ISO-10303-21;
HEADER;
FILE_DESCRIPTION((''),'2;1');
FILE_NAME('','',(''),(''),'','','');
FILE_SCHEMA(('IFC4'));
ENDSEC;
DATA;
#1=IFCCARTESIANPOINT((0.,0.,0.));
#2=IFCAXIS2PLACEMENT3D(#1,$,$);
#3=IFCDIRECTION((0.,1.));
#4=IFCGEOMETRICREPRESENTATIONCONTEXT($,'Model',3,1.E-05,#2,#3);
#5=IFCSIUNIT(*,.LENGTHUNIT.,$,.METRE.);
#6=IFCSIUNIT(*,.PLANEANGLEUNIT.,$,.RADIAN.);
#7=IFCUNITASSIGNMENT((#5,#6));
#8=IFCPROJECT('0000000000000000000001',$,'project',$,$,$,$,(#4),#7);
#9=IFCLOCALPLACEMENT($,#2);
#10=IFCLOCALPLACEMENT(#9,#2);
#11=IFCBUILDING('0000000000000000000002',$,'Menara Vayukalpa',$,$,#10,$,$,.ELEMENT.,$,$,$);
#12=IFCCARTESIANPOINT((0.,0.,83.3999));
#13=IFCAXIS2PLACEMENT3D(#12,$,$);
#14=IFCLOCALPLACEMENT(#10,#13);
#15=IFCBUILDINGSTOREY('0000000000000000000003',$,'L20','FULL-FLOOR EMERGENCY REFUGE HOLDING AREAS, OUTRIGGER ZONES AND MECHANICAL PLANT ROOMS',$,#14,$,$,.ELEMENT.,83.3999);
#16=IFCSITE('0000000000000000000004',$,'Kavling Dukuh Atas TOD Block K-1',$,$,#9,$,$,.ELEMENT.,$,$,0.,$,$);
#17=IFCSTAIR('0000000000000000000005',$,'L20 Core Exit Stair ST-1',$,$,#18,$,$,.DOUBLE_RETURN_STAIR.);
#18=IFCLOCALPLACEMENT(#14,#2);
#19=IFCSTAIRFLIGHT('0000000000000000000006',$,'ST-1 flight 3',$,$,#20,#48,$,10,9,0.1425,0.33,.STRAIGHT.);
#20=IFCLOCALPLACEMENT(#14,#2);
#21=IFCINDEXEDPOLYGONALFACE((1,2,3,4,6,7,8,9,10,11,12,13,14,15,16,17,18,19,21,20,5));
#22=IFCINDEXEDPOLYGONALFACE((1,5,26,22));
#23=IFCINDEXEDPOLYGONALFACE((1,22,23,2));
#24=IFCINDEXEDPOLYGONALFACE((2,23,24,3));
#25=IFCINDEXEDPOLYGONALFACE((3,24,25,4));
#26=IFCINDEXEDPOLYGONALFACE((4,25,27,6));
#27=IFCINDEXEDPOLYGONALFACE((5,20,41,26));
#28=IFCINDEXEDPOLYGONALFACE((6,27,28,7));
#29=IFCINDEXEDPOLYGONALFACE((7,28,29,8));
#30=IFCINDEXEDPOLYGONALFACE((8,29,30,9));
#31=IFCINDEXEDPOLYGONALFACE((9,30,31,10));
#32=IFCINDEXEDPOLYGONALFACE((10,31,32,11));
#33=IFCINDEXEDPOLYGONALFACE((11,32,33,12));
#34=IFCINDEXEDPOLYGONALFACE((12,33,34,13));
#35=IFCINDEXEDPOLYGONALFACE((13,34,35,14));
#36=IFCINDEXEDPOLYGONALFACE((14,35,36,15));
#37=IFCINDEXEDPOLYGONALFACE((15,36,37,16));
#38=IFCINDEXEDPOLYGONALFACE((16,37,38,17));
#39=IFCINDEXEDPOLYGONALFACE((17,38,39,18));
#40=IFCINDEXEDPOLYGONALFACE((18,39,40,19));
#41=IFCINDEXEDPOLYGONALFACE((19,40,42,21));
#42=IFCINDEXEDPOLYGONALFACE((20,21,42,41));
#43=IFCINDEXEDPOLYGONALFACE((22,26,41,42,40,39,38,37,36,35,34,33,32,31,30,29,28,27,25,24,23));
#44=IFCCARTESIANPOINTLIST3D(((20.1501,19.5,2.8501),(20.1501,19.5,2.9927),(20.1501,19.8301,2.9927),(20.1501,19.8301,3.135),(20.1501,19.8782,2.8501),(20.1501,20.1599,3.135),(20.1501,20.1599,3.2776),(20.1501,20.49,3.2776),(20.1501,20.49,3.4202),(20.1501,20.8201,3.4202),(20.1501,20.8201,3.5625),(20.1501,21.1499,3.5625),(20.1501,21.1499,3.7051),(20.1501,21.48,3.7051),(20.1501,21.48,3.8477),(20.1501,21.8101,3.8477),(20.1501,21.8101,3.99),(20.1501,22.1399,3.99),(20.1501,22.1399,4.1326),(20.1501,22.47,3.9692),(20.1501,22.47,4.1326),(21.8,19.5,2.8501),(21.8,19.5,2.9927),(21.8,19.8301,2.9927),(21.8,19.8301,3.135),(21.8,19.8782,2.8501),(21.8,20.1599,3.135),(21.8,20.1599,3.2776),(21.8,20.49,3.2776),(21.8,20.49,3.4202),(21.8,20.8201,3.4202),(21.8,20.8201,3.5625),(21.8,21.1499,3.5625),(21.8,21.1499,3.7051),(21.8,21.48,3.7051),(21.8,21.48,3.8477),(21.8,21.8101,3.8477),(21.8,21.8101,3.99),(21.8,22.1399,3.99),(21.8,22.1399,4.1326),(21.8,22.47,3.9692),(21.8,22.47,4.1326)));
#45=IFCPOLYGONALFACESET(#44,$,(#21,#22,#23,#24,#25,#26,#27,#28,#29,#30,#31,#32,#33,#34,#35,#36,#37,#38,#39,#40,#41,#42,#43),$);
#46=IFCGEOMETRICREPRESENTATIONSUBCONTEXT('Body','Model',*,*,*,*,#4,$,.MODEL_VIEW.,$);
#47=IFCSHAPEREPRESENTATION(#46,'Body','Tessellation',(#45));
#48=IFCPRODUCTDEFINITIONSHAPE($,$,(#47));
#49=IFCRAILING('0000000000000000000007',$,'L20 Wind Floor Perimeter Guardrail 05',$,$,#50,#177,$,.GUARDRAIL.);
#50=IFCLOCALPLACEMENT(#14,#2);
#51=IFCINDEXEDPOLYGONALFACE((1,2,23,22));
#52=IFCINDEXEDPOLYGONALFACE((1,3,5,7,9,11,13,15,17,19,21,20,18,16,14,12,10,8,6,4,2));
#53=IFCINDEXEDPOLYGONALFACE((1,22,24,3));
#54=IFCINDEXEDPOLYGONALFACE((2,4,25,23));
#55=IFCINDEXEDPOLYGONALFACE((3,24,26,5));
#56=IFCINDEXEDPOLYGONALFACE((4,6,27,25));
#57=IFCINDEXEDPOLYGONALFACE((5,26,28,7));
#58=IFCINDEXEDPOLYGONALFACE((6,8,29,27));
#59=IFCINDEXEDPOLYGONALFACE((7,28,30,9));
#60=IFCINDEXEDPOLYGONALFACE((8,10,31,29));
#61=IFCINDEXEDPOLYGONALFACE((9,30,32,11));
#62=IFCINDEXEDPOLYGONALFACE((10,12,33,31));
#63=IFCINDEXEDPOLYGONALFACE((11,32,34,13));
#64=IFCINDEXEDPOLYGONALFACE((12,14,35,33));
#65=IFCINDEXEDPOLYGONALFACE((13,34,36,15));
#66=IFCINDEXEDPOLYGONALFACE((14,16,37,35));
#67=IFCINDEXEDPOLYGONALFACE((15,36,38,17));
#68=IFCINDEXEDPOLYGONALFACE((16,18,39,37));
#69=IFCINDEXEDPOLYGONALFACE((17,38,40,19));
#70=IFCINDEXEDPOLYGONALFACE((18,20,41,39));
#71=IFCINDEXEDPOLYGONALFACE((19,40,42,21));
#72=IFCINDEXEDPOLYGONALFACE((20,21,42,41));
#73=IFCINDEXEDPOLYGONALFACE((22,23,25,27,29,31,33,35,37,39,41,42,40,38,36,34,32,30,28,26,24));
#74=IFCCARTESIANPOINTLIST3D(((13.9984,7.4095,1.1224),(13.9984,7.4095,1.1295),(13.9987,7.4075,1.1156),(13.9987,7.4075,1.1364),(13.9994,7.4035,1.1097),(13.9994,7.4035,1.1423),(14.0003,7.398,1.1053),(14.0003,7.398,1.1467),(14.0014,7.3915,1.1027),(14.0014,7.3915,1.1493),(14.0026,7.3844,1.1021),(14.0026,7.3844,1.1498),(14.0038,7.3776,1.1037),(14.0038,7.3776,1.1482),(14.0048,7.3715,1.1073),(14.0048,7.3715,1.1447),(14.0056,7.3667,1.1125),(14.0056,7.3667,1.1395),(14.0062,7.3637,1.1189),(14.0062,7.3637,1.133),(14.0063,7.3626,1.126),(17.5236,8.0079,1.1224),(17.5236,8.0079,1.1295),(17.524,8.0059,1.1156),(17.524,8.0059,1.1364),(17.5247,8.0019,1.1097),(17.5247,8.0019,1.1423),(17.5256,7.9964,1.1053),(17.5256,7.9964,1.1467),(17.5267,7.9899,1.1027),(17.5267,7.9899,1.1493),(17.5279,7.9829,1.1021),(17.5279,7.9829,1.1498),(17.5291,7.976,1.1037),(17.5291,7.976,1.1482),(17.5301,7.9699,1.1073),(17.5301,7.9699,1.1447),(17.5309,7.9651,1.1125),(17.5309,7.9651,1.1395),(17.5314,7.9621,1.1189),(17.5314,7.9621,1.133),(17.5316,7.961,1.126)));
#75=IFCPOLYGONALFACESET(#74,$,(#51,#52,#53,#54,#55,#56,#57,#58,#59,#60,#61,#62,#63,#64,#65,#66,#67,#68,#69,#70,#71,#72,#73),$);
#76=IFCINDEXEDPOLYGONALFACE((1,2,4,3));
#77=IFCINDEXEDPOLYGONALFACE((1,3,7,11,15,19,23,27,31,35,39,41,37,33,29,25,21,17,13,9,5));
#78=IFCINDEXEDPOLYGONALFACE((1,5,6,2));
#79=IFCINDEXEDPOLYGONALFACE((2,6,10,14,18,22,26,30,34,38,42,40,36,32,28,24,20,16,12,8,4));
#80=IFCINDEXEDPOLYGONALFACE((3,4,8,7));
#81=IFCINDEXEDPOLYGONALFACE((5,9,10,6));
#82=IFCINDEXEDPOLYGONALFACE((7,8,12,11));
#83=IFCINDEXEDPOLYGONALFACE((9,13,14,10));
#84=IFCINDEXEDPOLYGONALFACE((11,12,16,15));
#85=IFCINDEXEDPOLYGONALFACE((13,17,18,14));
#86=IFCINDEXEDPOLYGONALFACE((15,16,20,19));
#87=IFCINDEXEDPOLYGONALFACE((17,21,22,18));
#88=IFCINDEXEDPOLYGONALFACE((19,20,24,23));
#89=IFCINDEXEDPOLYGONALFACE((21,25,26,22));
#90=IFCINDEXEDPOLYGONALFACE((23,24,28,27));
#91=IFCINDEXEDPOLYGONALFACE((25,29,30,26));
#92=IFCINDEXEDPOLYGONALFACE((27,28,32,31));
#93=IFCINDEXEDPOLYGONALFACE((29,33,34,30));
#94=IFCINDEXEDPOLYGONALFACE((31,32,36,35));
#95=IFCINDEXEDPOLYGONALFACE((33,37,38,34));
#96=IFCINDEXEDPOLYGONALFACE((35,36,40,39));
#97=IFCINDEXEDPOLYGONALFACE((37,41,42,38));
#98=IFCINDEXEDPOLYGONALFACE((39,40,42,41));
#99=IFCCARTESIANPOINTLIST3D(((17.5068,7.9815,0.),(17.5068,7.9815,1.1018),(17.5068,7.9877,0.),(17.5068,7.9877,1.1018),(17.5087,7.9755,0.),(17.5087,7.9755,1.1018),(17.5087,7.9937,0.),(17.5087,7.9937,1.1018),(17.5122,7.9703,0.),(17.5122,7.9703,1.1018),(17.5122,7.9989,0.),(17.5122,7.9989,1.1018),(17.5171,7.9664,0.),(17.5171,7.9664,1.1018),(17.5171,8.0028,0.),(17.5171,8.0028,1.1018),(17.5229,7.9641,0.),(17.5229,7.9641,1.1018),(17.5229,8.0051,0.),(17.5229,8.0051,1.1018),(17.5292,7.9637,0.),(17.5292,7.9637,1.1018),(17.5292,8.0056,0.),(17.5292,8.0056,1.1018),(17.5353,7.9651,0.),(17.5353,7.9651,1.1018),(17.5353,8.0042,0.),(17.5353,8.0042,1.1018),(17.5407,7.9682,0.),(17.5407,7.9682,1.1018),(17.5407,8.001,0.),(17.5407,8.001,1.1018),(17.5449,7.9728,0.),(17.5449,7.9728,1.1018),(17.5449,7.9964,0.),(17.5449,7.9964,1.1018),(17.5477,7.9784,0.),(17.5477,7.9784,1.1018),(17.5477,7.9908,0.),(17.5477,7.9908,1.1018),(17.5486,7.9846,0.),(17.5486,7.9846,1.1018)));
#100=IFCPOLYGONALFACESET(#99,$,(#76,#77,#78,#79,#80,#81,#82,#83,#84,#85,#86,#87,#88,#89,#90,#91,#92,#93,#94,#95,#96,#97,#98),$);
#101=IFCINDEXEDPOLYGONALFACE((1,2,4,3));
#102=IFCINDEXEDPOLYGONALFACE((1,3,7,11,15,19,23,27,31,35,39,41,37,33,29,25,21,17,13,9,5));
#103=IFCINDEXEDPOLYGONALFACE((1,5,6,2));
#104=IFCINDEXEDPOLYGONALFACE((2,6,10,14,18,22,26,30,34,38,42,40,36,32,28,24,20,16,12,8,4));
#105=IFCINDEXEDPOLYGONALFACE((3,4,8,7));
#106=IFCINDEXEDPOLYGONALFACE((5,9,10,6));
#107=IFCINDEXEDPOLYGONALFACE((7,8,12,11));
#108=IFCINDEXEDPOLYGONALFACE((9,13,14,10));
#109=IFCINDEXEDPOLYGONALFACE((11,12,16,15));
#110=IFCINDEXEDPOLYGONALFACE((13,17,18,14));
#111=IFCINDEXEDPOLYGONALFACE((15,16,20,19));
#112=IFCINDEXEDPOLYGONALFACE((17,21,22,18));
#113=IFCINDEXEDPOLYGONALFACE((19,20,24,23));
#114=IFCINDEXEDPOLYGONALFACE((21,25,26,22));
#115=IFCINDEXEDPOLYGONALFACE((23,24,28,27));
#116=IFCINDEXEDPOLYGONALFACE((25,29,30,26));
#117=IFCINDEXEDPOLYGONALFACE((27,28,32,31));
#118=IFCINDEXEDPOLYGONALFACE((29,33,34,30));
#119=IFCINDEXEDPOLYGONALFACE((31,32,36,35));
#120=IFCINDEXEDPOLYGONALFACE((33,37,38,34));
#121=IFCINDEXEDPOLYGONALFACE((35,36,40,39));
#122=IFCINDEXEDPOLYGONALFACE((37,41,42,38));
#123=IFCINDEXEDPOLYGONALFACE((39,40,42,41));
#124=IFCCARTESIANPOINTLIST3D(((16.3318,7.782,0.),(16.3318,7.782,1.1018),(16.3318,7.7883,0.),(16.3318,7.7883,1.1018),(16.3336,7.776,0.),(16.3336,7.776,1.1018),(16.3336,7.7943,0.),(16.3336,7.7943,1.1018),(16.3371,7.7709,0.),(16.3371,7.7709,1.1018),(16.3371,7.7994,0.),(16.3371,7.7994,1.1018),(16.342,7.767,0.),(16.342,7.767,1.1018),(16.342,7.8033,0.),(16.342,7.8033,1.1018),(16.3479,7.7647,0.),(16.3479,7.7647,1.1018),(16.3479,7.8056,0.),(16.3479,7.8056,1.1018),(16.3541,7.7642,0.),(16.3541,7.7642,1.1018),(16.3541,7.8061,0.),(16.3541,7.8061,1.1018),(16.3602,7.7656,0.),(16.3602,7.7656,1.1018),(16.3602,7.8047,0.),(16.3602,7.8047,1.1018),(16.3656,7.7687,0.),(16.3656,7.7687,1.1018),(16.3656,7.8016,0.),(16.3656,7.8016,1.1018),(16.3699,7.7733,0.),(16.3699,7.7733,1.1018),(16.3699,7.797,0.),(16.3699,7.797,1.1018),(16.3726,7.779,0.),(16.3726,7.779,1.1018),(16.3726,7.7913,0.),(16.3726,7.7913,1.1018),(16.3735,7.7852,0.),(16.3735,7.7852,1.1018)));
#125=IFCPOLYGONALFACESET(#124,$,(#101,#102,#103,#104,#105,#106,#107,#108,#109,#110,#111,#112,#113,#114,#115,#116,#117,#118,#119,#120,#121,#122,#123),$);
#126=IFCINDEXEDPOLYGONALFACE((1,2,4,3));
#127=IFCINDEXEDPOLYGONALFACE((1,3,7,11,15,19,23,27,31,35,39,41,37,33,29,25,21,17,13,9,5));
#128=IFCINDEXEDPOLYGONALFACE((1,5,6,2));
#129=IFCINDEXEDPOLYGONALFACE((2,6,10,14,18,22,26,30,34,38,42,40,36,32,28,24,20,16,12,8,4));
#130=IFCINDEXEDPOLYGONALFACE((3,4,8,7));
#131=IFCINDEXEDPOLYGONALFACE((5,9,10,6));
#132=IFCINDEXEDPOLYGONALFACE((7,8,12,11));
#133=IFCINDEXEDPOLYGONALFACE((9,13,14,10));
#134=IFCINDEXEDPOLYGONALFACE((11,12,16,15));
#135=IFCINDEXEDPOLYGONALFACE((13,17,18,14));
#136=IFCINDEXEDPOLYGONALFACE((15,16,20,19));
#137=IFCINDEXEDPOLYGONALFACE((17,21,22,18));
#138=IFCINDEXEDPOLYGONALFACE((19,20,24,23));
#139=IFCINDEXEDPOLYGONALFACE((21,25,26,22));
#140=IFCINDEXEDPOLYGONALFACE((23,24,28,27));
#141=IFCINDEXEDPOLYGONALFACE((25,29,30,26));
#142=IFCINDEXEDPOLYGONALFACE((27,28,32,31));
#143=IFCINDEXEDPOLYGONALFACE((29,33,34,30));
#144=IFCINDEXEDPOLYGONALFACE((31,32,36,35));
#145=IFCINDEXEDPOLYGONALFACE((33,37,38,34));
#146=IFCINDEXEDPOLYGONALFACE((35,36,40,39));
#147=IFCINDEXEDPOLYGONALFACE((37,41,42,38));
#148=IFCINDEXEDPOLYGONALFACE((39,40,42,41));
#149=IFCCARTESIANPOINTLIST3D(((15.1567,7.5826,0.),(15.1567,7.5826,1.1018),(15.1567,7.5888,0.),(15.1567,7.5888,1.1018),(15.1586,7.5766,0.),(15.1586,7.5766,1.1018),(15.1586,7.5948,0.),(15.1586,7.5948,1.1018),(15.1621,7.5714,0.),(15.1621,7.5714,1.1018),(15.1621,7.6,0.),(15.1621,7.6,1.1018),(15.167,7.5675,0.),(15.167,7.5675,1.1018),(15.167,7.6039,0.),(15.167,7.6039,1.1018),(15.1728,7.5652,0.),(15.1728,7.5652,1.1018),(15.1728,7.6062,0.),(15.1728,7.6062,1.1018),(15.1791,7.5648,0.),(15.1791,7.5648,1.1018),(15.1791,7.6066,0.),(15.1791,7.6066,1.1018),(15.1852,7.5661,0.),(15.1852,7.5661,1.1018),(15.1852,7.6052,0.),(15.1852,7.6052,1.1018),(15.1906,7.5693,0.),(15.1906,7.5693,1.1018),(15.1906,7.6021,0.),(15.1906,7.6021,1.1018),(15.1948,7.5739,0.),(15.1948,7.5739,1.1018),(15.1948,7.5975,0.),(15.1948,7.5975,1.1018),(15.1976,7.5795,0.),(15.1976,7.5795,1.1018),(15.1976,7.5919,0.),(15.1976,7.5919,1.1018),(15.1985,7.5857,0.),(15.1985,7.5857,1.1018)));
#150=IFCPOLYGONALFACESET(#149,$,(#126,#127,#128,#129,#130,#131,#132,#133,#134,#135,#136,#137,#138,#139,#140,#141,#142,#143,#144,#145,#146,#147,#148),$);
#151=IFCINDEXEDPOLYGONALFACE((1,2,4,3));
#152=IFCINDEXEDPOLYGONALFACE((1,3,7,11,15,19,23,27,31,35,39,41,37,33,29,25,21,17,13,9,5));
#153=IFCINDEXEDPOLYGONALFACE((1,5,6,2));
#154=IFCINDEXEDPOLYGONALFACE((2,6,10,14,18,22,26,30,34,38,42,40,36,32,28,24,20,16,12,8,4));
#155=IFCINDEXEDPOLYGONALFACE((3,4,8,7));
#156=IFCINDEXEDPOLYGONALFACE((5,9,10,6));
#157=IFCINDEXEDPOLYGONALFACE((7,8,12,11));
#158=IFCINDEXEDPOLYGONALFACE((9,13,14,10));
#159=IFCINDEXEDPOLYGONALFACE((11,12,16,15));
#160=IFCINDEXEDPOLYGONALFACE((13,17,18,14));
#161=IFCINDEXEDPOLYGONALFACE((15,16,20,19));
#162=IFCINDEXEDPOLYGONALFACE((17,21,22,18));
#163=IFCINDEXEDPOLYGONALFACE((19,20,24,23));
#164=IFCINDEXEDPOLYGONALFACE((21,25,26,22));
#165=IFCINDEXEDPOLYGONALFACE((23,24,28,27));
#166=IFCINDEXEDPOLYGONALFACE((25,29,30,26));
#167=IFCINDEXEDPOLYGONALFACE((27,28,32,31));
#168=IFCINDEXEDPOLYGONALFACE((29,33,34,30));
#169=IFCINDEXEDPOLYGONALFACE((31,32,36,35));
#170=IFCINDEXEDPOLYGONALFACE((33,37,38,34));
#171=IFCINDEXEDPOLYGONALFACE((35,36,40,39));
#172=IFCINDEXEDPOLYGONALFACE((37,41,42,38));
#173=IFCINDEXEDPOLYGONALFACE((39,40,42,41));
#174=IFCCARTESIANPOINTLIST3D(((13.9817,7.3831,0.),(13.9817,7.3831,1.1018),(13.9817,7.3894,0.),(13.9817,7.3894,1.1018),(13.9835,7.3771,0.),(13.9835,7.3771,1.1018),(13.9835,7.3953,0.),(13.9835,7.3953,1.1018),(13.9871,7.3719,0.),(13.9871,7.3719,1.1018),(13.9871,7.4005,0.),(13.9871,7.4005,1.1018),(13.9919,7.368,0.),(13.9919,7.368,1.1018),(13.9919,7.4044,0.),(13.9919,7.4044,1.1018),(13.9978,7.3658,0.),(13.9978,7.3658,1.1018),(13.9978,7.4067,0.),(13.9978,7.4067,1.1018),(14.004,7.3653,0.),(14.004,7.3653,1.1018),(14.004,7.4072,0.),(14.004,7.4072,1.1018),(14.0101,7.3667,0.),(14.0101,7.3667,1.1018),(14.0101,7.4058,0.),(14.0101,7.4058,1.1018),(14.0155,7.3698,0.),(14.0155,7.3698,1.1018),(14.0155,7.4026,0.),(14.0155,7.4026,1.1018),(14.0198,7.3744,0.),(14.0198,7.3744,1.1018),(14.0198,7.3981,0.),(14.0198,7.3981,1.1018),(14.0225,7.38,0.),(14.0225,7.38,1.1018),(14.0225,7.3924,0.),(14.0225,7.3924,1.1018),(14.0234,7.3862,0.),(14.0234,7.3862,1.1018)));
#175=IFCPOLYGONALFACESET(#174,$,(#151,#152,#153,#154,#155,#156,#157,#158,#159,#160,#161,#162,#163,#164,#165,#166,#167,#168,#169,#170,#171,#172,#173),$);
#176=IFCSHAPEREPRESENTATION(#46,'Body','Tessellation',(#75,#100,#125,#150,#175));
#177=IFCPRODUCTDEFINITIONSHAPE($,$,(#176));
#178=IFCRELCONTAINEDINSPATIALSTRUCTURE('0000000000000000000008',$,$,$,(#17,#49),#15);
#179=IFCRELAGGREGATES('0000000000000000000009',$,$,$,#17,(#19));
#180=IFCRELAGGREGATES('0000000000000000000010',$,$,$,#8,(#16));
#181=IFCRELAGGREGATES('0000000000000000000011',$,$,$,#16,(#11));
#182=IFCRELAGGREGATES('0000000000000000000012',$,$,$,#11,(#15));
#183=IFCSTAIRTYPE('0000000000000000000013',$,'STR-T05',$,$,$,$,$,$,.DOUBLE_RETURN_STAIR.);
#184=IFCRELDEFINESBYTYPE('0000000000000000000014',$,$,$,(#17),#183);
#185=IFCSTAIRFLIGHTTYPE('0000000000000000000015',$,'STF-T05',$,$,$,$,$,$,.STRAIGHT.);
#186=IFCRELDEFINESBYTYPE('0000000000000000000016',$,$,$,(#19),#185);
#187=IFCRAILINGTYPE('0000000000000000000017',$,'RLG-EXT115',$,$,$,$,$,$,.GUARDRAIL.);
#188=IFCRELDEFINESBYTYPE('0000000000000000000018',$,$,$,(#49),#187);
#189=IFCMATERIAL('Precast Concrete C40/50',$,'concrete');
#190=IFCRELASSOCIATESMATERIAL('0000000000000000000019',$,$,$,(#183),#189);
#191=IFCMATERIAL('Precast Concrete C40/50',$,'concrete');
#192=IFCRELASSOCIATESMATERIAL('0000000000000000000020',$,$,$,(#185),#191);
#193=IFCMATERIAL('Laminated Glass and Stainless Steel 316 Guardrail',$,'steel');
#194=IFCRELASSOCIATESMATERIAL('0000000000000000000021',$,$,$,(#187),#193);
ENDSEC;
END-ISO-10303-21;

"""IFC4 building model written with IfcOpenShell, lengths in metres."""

from ifc_helpers import new_model, si_unit, direction, frame, origin, origin_2d, place, context, subcontext, project, spatial, polyline, circle, outline, extrude, material, type_object, element, aggregate, save


model = new_model("IFC4")

# Units and contexts
model_context = context("Model", 3, precision=1e-05, world=origin(), true_north=direction((0.0, 1.0)))
body_context = subcontext(model_context, "Body", "Model", "MODEL_VIEW")
ifc_project = project(units=[si_unit("LENGTHUNIT", "METRE"), si_unit("PLANEANGLEUNIT", "RADIAN")], contexts=[model_context])

# Site, building, storey
site_placement = place(None, origin())
site = spatial("IfcSite", under=ifc_project, at=site_placement, Name="Kavling Dukuh Atas TOD Block K-1", CompositionType="ELEMENT", RefElevation=0.0)
building_placement = place(site_placement, origin())
building = spatial("IfcBuilding", under=site, at=building_placement, Name="Menara Vayukalpa", CompositionType="ELEMENT")
storey_placement = place(building_placement, frame((0.0, 0.0, 83.3999)))
storey = spatial("IfcBuildingStorey", under=building, at=storey_placement, Name="L20", Description="FULL-FLOOR EMERGENCY REFUGE HOLDING AREAS, OUTRIGGER ZONES AND MECHANICAL PLANT ROOMS", CompositionType="ELEMENT", Elevation=83.3999)

# Stair, stair flight
ifc_material_1 = material(Name="Precast Concrete C40/50", Category="concrete")
stair_type = type_object("IfcStairType", Name="STR-T05", PredefinedType="DOUBLE_RETURN_STAIR", material=ifc_material_1)
stair_placement = place(storey_placement, origin())
stair = element("IfcStair", 1, at=stair_placement, inside=storey, type_object=stair_type, Name="L20 Core Exit Stair ST-1", PredefinedType="DOUBLE_RETURN_STAIR")
ifc_material_2 = material(Name="Precast Concrete C40/50", Category="concrete")
stair_flight_type = type_object("IfcStairFlightType", Name="STF-T05", PredefinedType="STRAIGHT", material=ifc_material_2)
stair_flight_1_placement = place(storey_placement, frame((20.9751, 19.5, 2.8501), z_axis=(0.0, 0.0, 1.0), x_axis=(0.0, 1.0, 0.0)))
stair_flight_1 = element("IfcStairFlight", 2, at=stair_flight_1_placement, type_object=stair_flight_type, Name="ST-1 flight 3", NumberOfRisers=10, NumberOfTreads=9, PredefinedType="STRAIGHT", RiserHeight=0.1425, TreadLength=0.33, context=body_context, shape_type="SweptSolid", body=[
    extrude(outline(polyline([(0.0, 0.0), (0.0, 0.1426), (0.3301, 0.1426), (0.3301, 0.2849), (0.6599, 0.2849), (0.6599, 0.4275), (0.99, 0.4275), (0.99, 0.5701), (1.3201, 0.5701), (1.3201, 0.7124), (1.6499, 0.7124), (1.6499, 0.855), (1.98, 0.855), (1.98, 0.9976), (2.3101, 0.9976), (2.3101, 1.1399), (2.6399, 1.1399), (2.6399, 1.2825), (2.97, 1.2825), (2.97, 1.425), (2.97, 1.1191), (0.3782, 0.0), (0.0, 0.0)])), frame((0.0, 0.825, 0.0), z_axis=(0.0, -1.0, 0.0), x_axis=(1.0, 0.0, 0.0)), (0.0, 0.0, 1.0), 1.6499),
])
aggregate(stair, [stair_flight_1])

# Railing
ifc_material_3 = material(Name="Laminated Glass and Stainless Steel 316 Guardrail", Category="steel")
railing_type_1 = type_object("IfcRailingType", Name="RLG-EXT115", PredefinedType="GUARDRAIL", material=ifc_material_3)
railing_1_placement = place(storey_placement, frame((17.5276, 7.9846, 0.0)))
element("IfcRailing", 3, at=railing_1_placement, inside=storey, type_object=railing_type_1, Name="L20 Wind Floor Perimeter Guardrail 05", PredefinedType="GUARDRAIL", context=body_context, shape_type="SweptSolid", body=[
    extrude(circle(Radius=0.0239, at=origin_2d()), frame((0.0, 0.0, 1.126), z_axis=(-0.985897, -0.167355, 0.0), x_axis=(0.167355, -0.985897, 0.0)), (0.0, 0.0, 1.0), 3.5757),
    extrude(circle(Radius=0.021, at=origin_2d()), origin(), (0.0, 0.0, 1.0), 1.1018),
    extrude(circle(Radius=0.021, at=origin_2d()), frame((-1.175, -0.1995, 0.0)), (0.0, 0.0, 1.0), 1.1018),
    extrude(circle(Radius=0.021, at=origin_2d()), frame((-2.3501, -0.3989, 0.0)), (0.0, 0.0, 1.0), 1.1018),
    extrude(circle(Radius=0.021, at=origin_2d()), frame((-3.5251, -0.5984, 0.0)), (0.0, 0.0, 1.0), 1.1018),
])

save(model, "model.ifc")
